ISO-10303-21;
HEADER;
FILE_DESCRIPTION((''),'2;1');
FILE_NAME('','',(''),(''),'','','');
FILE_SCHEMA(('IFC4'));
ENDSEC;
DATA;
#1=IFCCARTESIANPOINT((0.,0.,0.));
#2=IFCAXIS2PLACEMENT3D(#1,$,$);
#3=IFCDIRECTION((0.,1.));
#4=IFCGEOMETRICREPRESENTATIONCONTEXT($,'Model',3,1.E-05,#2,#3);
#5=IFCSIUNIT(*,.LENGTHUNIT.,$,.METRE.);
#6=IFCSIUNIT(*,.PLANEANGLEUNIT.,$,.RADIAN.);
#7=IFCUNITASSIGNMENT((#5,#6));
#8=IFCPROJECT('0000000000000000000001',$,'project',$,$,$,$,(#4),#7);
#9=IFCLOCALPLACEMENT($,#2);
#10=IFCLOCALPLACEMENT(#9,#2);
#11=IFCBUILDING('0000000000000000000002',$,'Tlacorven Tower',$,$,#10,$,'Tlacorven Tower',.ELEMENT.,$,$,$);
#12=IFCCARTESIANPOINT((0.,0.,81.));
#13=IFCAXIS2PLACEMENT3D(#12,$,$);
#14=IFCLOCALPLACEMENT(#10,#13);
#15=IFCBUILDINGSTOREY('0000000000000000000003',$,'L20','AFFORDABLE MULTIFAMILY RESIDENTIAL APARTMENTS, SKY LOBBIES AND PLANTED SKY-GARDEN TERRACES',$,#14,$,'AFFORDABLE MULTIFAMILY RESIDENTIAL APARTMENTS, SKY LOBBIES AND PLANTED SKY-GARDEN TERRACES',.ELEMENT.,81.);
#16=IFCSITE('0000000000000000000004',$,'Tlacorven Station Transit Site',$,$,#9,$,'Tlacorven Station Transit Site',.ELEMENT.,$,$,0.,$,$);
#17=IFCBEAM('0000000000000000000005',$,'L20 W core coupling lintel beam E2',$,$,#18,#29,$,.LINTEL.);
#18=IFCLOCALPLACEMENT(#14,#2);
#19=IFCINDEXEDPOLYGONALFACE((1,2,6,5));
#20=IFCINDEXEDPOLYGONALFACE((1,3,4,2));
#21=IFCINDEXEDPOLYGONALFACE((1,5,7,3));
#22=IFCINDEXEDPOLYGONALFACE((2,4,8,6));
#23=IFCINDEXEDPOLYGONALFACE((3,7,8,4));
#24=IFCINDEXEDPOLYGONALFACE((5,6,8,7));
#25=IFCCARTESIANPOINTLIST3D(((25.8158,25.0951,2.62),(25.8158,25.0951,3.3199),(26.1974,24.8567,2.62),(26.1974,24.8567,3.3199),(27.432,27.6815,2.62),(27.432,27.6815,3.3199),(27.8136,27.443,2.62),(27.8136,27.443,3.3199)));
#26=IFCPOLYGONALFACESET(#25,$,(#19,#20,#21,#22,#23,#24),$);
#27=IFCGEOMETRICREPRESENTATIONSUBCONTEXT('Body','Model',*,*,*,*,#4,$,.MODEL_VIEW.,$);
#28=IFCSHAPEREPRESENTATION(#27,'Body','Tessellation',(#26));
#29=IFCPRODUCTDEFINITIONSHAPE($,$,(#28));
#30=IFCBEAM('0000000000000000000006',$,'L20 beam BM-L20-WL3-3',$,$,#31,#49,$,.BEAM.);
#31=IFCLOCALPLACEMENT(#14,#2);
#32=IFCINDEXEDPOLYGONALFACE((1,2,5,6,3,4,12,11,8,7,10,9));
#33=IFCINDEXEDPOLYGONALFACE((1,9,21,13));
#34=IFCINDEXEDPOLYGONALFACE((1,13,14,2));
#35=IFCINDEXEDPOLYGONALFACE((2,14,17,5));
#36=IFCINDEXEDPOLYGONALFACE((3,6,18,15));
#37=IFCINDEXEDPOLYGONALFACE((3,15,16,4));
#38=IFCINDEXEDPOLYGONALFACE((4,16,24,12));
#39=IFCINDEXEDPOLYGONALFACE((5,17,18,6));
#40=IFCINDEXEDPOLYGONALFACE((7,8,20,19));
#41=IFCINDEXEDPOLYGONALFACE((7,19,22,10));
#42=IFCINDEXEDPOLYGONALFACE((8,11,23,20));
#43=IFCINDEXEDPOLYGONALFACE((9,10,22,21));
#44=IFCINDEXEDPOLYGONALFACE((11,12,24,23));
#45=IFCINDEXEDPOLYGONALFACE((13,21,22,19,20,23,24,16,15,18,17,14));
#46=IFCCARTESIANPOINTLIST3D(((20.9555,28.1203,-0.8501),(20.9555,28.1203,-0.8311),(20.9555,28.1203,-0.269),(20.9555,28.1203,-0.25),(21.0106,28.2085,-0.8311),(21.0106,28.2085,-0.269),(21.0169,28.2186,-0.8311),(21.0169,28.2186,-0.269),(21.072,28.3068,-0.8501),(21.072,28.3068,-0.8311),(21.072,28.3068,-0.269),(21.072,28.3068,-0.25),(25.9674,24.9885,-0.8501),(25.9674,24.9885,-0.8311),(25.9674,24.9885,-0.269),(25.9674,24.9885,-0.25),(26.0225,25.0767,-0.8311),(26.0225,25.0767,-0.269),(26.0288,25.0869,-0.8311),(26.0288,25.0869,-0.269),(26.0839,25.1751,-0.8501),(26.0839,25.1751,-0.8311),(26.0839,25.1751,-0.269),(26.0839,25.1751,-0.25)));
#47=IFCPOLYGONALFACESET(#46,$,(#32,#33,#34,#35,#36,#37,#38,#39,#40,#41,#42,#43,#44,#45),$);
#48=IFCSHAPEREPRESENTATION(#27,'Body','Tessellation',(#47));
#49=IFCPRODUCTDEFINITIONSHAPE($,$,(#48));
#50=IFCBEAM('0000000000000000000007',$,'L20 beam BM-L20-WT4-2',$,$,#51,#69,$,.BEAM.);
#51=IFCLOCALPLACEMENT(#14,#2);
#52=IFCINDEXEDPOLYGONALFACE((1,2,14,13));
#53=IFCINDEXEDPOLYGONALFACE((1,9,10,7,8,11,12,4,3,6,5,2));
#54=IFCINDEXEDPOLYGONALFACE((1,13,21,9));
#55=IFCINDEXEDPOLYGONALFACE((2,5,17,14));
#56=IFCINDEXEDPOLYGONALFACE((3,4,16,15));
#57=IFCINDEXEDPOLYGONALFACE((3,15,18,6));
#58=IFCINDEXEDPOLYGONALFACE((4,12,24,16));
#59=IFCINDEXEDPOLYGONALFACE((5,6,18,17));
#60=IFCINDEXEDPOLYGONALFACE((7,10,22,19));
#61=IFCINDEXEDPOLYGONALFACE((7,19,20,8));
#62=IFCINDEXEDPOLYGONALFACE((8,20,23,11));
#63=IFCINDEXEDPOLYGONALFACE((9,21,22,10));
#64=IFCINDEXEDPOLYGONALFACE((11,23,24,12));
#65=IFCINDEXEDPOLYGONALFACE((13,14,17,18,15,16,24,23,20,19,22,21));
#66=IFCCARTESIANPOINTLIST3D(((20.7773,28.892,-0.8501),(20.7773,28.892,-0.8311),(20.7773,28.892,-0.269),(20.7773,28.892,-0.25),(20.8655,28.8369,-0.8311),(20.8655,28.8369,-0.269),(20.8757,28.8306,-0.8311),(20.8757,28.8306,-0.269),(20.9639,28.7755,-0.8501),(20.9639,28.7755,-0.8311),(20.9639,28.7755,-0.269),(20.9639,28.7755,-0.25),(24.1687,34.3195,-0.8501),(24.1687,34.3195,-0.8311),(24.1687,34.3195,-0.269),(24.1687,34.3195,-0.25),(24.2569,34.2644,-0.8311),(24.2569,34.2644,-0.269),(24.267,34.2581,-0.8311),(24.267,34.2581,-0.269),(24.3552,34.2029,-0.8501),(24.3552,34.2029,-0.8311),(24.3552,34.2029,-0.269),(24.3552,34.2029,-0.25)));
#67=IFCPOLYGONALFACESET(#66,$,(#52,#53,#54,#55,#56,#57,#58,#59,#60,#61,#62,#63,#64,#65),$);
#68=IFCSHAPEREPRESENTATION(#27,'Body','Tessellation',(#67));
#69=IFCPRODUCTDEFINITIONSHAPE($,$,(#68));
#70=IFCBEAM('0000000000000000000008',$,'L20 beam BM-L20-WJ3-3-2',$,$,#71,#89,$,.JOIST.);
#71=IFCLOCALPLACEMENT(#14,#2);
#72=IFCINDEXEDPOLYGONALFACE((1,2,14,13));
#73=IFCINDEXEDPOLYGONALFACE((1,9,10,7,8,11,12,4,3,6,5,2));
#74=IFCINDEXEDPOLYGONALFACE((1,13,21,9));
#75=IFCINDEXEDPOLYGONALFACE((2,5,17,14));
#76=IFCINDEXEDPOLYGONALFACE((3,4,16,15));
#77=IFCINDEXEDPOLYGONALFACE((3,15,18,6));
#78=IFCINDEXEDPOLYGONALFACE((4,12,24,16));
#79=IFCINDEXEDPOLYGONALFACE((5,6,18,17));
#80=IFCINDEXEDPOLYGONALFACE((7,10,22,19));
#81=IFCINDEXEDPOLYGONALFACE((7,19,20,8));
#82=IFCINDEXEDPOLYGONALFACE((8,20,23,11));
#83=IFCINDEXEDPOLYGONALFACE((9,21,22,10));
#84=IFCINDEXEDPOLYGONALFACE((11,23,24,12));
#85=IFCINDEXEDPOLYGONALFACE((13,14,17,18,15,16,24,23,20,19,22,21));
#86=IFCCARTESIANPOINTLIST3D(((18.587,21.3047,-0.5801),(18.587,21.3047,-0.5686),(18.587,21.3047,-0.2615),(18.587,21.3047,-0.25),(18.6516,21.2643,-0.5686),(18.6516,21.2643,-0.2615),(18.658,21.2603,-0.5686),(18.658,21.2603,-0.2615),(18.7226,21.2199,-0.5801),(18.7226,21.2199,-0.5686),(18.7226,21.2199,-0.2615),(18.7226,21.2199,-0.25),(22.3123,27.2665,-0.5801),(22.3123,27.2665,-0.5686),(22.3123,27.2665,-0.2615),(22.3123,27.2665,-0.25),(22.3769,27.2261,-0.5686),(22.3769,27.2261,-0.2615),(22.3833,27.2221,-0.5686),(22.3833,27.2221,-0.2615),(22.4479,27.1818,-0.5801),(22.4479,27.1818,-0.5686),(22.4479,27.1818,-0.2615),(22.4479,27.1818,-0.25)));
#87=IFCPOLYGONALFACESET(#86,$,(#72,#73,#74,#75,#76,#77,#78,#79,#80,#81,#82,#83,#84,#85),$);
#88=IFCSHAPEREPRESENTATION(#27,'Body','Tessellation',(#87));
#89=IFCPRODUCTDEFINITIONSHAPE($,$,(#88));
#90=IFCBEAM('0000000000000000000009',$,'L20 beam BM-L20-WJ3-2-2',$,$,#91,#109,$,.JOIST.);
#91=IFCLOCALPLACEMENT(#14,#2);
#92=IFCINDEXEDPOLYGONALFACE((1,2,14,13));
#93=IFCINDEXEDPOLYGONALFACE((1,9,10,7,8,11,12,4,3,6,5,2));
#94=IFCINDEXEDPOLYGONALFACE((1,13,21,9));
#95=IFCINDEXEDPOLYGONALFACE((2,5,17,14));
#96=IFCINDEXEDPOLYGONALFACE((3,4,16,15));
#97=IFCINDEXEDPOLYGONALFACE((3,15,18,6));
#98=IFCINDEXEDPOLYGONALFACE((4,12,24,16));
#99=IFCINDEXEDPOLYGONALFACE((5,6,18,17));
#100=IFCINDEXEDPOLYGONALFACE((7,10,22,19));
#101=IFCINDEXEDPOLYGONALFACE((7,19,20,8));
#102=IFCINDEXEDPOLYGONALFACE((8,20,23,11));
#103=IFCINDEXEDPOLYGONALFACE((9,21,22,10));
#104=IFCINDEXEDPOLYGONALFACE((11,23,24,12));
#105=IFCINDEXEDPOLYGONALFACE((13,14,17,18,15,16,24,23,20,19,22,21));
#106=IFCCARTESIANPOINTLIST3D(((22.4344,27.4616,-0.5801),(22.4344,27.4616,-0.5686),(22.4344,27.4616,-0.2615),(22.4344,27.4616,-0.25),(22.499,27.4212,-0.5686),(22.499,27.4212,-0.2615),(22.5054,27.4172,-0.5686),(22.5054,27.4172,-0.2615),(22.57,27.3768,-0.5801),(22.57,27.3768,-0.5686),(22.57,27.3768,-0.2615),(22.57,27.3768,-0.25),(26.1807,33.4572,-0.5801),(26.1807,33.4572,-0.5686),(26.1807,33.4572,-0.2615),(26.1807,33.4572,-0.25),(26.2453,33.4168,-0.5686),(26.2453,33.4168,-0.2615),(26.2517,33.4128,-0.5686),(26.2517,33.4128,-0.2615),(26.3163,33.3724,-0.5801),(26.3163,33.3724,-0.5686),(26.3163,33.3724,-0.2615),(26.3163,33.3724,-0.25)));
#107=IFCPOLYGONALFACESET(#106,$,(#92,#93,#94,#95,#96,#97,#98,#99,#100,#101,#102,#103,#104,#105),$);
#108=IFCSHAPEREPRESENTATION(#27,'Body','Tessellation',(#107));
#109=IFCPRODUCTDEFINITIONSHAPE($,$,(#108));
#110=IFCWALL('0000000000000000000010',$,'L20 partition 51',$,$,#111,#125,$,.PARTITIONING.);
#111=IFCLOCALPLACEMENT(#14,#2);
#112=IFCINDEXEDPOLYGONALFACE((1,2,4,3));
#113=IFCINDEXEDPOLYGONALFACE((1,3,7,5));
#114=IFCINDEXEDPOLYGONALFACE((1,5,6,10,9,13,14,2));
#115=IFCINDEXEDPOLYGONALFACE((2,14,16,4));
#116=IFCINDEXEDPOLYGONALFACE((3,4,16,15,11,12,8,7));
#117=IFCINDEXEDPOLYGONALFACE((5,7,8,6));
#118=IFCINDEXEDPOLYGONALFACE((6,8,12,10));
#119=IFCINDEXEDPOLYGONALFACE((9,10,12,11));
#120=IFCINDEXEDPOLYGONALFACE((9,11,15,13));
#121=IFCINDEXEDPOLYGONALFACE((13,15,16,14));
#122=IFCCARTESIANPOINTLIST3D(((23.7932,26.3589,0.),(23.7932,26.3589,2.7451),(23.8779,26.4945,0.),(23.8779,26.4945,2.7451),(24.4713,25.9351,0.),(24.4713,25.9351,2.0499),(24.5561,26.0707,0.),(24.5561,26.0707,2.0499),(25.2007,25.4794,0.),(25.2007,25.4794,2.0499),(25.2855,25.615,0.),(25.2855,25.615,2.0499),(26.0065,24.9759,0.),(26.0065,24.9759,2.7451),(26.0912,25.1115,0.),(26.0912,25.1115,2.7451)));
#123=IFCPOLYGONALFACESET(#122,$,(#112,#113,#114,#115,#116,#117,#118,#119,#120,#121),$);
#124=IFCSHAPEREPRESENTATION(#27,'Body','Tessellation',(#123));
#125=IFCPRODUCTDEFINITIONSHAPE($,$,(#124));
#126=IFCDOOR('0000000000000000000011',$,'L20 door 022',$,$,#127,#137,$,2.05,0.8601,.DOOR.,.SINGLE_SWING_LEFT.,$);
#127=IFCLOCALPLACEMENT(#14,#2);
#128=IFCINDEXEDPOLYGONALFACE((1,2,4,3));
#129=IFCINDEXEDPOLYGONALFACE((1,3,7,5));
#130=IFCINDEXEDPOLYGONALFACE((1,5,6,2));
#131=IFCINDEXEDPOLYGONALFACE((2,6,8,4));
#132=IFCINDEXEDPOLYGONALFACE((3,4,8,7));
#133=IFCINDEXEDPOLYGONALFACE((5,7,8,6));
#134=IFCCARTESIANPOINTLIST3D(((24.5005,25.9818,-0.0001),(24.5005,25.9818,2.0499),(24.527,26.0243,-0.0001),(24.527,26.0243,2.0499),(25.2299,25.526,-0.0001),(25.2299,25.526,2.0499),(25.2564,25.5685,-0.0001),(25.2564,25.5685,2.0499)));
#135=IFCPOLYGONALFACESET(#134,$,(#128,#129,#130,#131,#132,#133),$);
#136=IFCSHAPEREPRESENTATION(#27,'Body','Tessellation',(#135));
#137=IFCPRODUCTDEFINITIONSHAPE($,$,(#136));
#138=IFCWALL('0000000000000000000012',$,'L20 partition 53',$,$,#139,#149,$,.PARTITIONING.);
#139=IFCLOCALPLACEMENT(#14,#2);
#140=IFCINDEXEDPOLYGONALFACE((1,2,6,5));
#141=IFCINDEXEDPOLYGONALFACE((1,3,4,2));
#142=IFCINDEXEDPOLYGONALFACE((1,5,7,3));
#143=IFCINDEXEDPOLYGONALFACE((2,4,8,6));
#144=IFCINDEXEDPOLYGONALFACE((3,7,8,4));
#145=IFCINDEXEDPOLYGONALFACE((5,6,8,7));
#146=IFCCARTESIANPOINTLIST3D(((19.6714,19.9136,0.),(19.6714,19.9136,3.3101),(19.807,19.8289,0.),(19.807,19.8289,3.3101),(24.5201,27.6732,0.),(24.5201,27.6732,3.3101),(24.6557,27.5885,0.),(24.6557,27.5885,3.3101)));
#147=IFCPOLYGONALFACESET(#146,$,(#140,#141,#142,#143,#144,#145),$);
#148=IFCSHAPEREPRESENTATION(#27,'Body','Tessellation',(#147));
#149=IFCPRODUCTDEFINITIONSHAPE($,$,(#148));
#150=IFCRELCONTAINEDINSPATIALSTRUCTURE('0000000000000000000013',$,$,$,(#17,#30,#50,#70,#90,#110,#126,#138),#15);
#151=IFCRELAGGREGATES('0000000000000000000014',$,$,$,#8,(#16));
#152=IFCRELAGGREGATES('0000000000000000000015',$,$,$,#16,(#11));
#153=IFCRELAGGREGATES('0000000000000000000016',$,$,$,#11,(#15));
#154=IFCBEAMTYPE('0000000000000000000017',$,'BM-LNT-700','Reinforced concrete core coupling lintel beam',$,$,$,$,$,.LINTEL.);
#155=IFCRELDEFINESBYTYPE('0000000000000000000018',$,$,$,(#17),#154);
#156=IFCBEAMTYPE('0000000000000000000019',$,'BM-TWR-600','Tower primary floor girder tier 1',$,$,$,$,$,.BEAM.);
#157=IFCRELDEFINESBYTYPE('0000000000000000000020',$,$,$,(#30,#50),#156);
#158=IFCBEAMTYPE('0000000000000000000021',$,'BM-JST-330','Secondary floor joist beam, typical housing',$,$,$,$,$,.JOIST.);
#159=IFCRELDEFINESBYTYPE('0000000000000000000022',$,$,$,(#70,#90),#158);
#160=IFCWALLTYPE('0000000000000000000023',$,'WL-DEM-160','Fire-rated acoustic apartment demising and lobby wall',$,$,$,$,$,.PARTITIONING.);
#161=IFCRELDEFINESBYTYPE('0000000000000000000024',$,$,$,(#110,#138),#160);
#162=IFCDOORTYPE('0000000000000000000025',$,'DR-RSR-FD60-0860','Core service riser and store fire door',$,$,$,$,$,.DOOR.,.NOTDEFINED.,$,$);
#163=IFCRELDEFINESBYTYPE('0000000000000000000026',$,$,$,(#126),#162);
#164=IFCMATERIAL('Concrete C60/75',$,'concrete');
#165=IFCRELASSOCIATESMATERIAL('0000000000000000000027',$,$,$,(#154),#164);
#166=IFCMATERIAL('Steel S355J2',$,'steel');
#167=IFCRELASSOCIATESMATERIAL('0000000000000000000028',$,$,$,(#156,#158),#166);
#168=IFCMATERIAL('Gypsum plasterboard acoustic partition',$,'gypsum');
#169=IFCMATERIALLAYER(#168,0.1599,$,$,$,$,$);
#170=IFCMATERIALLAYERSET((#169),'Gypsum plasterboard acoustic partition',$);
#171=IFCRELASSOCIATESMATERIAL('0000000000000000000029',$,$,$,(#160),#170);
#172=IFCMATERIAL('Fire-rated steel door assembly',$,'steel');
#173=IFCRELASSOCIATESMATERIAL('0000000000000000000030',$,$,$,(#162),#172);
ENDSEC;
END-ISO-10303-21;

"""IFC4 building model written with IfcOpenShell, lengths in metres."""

from ifc_helpers import new_model, si_unit, direction, frame, frame_2d, origin, origin_2d, place, context, subcontext, project, spatial, rectangle, i_section, extrude, source, transform, mapped, material, layer, layer_set, material_profile, profile_set, type_object, element, fill, save


model = new_model("IFC4")

# Units and contexts
model_context = context("Model", 3, precision=1e-05, world=origin(), true_north=direction((0.0, 1.0)))
body_context = subcontext(model_context, "Body", "Model", "MODEL_VIEW")
ifc_project = project(units=[si_unit("LENGTHUNIT", "METRE"), si_unit("PLANEANGLEUNIT", "RADIAN")], contexts=[model_context])

# Site, building, storey
site_placement = place(None, origin())
site = spatial("IfcSite", under=ifc_project, at=site_placement, Name="Tlacorven Station Transit Site", LongName="Tlacorven Station Transit Site", CompositionType="ELEMENT", RefElevation=0.0)
building_placement = place(site_placement, origin())
building = spatial("IfcBuilding", under=site, at=building_placement, Name="Tlacorven Tower", LongName="Tlacorven Tower", CompositionType="ELEMENT")
storey_placement = place(building_placement, frame((0.0, 0.0, 81.0)))
storey = spatial("IfcBuildingStorey", under=building, at=storey_placement, Name="L20", Description="AFFORDABLE MULTIFAMILY RESIDENTIAL APARTMENTS, SKY LOBBIES AND PLANTED SKY-GARDEN TERRACES", LongName="AFFORDABLE MULTIFAMILY RESIDENTIAL APARTMENTS, SKY LOBBIES AND PLANTED SKY-GARDEN TERRACES", CompositionType="ELEMENT", Elevation=81.0)

# Beams
ifc_material_1 = material(Name="Concrete C60/75", Category="concrete")
ifc_material_profile_1 = material_profile(ifc_material_1, rectangle(XDim=0.45, YDim=0.7, at=origin_2d()), Name="RC 450X700")
ifc_profile_set_1 = profile_set([ifc_material_profile_1], Name="Concrete C60/75")
beam_type_1 = type_object("IfcBeamType", Name="BM-LNT-700", Description="Reinforced concrete core coupling lintel beam", PredefinedType="LINTEL", material=ifc_profile_set_1)
shared_shape_1 = source(origin(), body_context, "Body", "SweptSolid", [
    extrude(rectangle(XDim=0.45, YDim=0.7, at=origin_2d()), origin(), (0.0, 0.0, 1.0), 3.0498),
])
beam_1_placement = place(storey_placement, frame((27.6228, 27.5623, 2.97), z_axis=(-0.529927, -0.848043, 0.0), x_axis=(0.848043, -0.529927, 0.0)))
element("IfcBeam", 1, at=beam_1_placement, inside=storey, type_object=beam_type_1, Name="L20 W core coupling lintel beam E2", PredefinedType="LINTEL", context=body_context, shape_type="MappedRepresentation", body=[
    mapped(shared_shape_1, transform((0.0, 0.0, 0.0), scale=1.0)),
])
ifc_material_2 = material(Name="Steel S355J2", Category="steel")
ifc_material_profile_2 = material_profile(ifc_material_2, i_section(OverallWidth=0.22, OverallDepth=0.6001, WebThickness=0.012, FlangeThickness=0.019, at=origin_2d()), Name="IPE 600")
ifc_profile_set_2 = profile_set([ifc_material_profile_2], Name="Steel S355J2")
beam_type_2 = type_object("IfcBeamType", Name="BM-TWR-600", Description="Tower primary floor girder tier 1", PredefinedType="BEAM", material=ifc_profile_set_2)
shared_shape_2 = source(origin(), body_context, "Body", "SweptSolid", [
    extrude(i_section(OverallWidth=0.22, OverallDepth=0.6001, WebThickness=0.012, FlangeThickness=0.019, at=origin_2d()), origin(), (0.0, 0.0, 1.0), 5.9099),
])
beam_2_placement = place(storey_placement, frame((26.0256, 25.0818, -0.55), z_axis=(-0.848047, 0.529921, 0.0), x_axis=(-0.529921, -0.848047, 0.0)))
element("IfcBeam", 2, at=beam_2_placement, inside=storey, type_object=beam_type_2, Name="L20 beam BM-L20-WL3-3", PredefinedType="BEAM", context=body_context, shape_type="MappedRepresentation", body=[
    mapped(shared_shape_2, transform((0.0, 0.0, 0.0), scale=1.0)),
])
shared_shape_3 = source(origin(), body_context, "Body", "SweptSolid", [
    extrude(i_section(OverallWidth=0.22, OverallDepth=0.6001, WebThickness=0.012, FlangeThickness=0.019, at=origin_2d()), origin(), (0.0, 0.0, 1.0), 6.3999),
])
beam_3_placement = place(storey_placement, frame((24.262, 34.2612, -0.55), z_axis=(-0.529906, -0.848056, 0.0), x_axis=(0.848056, -0.529906, 0.0)))
element("IfcBeam", 3, at=beam_3_placement, inside=storey, type_object=beam_type_2, Name="L20 beam BM-L20-WT4-2", PredefinedType="BEAM", context=body_context, shape_type="MappedRepresentation", body=[
    mapped(shared_shape_3, transform((0.0, 0.0, 0.0), scale=1.0)),
])
ifc_material_profile_3 = material_profile(ifc_material_2, i_section(OverallWidth=0.1599, OverallDepth=0.3301, WebThickness=0.0076, FlangeThickness=0.0115, at=origin_2d()), Name="IPE 330")
ifc_profile_set_3 = profile_set([ifc_material_profile_3], Name="Steel S355J2")
beam_type_3 = type_object("IfcBeamType", Name="BM-JST-330", Description="Secondary floor joist beam, typical housing", PredefinedType="JOIST", material=ifc_profile_set_3)
shared_shape_4 = source(origin(), body_context, "Body", "SweptSolid", [
    extrude(i_section(OverallWidth=0.1599, OverallDepth=0.3301, WebThickness=0.0076, FlangeThickness=0.0115, at=origin_2d()), origin(), (0.0, 0.0, 1.0), 7.03),
])
beam_4_placement = place(storey_placement, frame((22.3801, 27.2241, -0.415), z_axis=(-0.529912, -0.848053, 0.0), x_axis=(0.848053, -0.529912, 0.0)))
element("IfcBeam", 4, at=beam_4_placement, inside=storey, type_object=beam_type_3, Name="L20 beam BM-L20-WJ3-3-2", PredefinedType="JOIST", context=body_context, shape_type="MappedRepresentation", body=[
    mapped(shared_shape_4, transform((0.0, 0.0, 0.0), scale=1.0)),
])
shared_shape_5 = source(origin(), body_context, "Body", "SweptSolid", [
    extrude(i_section(OverallWidth=0.1599, OverallDepth=0.3301, WebThickness=0.0076, FlangeThickness=0.0115, at=origin_2d()), origin(), (0.0, 0.0, 1.0), 7.0698),
])
beam_5_placement = place(storey_placement, frame((26.2485, 33.4148, -0.415), z_axis=(-0.529906, -0.848057, 0.0), x_axis=(0.848057, -0.529906, 0.0)))
element("IfcBeam", 5, at=beam_5_placement, inside=storey, type_object=beam_type_3, Name="L20 beam BM-L20-WJ3-2-2", PredefinedType="JOIST", context=body_context, shape_type="MappedRepresentation", body=[
    mapped(shared_shape_5, transform((0.0, 0.0, 0.0), scale=1.0)),
])

# Wall, opening, door
ifc_material_3 = material(Name="Gypsum plasterboard acoustic partition", Category="gypsum")
ifc_layer_1 = layer(ifc_material_3, 0.1599)
ifc_layer_set_1 = layer_set([ifc_layer_1], Name="Gypsum plasterboard acoustic partition")
wall_type_1 = type_object("IfcWallType", Name="WL-DEM-160", Description="Fire-rated acoustic apartment demising and lobby wall", PredefinedType="PARTITIONING", material=ifc_layer_set_1)
wall_1_placement = place(storey_placement, frame((26.0488, 25.0437, 0.0), z_axis=(0.0, 0.0, 1.0), x_axis=(-0.848051, 0.529915, 0.0)))
wall_1 = element("IfcWall", 6, at=wall_1_placement, inside=storey, type_object=wall_type_1, Name="L20 partition 51", PredefinedType="PARTITIONING", context=body_context, shape_type="SweptSolid", body=[
    extrude(rectangle(XDim=2.6099, YDim=0.1599, at=frame_2d((1.3049, 0.0))), origin(), (0.0, 0.0, 1.0), 2.7451),
])
opening_1_placement = place(wall_1_placement, frame((0.95, 0.0, 0.0)))
opening_1 = element("IfcOpeningElement", 7, at=opening_1_placement, cuts=wall_1, PredefinedType="OPENING", context=body_context, shape_type="SweptSolid", body=[
    extrude(rectangle(XDim=0.8601, YDim=2.05, at=frame_2d((0.4302, 1.0249))), frame((0.0, 0.0898, 0.0), z_axis=(0.0, -1.0, 0.0), x_axis=(1.0, 0.0, 0.0)), (0.0, 0.0, 1.0), 0.1799),
])
ifc_material_4 = material(Name="Fire-rated steel door assembly", Category="steel")
door_type_1 = type_object("IfcDoorType", Name="DR-RSR-FD60-0860", Description="Core service riser and store fire door", OperationType="NOTDEFINED", PredefinedType="DOOR", material=ifc_material_4)
shared_shape_6 = source(origin(), body_context, "Body", "SweptSolid", [
    extrude(rectangle(XDim=0.8601, YDim=2.05, at=frame_2d((0.4302, 1.0249))), frame((0.0, 0.0249, 0.0), z_axis=(0.0, -1.0, 0.0), x_axis=(1.0, 0.0, 0.0)), (0.0, 0.0, 1.0), 0.05),
])
door_1_placement = place(opening_1_placement, origin())
door_1 = element("IfcDoor", 8, at=door_1_placement, inside=storey, type_object=door_type_1, Name="L20 door 022", OperationType="SINGLE_SWING_LEFT", OverallHeight=2.05, OverallWidth=0.8601, PredefinedType="DOOR", context=body_context, shape_type="MappedRepresentation", body=[
    mapped(shared_shape_6, transform((0.0, 0.0, 0.0), scale=1.0)),
])
fill(opening_1, door_1)

# Wall
wall_2_placement = place(storey_placement, frame((24.5879, 27.6309, 0.0), z_axis=(0.0, 0.0, 1.0), x_axis=(-0.529915, -0.848051, 0.0)))
element("IfcWall", 9, at=wall_2_placement, inside=storey, type_object=wall_type_1, Name="L20 partition 53", PredefinedType="PARTITIONING", context=body_context, shape_type="SweptSolid", body=[
    extrude(rectangle(XDim=9.1499, YDim=0.1599, at=frame_2d((4.575, 0.0))), origin(), (0.0, 0.0, 1.0), 3.3101),
])

save(model, "model.ifc")
